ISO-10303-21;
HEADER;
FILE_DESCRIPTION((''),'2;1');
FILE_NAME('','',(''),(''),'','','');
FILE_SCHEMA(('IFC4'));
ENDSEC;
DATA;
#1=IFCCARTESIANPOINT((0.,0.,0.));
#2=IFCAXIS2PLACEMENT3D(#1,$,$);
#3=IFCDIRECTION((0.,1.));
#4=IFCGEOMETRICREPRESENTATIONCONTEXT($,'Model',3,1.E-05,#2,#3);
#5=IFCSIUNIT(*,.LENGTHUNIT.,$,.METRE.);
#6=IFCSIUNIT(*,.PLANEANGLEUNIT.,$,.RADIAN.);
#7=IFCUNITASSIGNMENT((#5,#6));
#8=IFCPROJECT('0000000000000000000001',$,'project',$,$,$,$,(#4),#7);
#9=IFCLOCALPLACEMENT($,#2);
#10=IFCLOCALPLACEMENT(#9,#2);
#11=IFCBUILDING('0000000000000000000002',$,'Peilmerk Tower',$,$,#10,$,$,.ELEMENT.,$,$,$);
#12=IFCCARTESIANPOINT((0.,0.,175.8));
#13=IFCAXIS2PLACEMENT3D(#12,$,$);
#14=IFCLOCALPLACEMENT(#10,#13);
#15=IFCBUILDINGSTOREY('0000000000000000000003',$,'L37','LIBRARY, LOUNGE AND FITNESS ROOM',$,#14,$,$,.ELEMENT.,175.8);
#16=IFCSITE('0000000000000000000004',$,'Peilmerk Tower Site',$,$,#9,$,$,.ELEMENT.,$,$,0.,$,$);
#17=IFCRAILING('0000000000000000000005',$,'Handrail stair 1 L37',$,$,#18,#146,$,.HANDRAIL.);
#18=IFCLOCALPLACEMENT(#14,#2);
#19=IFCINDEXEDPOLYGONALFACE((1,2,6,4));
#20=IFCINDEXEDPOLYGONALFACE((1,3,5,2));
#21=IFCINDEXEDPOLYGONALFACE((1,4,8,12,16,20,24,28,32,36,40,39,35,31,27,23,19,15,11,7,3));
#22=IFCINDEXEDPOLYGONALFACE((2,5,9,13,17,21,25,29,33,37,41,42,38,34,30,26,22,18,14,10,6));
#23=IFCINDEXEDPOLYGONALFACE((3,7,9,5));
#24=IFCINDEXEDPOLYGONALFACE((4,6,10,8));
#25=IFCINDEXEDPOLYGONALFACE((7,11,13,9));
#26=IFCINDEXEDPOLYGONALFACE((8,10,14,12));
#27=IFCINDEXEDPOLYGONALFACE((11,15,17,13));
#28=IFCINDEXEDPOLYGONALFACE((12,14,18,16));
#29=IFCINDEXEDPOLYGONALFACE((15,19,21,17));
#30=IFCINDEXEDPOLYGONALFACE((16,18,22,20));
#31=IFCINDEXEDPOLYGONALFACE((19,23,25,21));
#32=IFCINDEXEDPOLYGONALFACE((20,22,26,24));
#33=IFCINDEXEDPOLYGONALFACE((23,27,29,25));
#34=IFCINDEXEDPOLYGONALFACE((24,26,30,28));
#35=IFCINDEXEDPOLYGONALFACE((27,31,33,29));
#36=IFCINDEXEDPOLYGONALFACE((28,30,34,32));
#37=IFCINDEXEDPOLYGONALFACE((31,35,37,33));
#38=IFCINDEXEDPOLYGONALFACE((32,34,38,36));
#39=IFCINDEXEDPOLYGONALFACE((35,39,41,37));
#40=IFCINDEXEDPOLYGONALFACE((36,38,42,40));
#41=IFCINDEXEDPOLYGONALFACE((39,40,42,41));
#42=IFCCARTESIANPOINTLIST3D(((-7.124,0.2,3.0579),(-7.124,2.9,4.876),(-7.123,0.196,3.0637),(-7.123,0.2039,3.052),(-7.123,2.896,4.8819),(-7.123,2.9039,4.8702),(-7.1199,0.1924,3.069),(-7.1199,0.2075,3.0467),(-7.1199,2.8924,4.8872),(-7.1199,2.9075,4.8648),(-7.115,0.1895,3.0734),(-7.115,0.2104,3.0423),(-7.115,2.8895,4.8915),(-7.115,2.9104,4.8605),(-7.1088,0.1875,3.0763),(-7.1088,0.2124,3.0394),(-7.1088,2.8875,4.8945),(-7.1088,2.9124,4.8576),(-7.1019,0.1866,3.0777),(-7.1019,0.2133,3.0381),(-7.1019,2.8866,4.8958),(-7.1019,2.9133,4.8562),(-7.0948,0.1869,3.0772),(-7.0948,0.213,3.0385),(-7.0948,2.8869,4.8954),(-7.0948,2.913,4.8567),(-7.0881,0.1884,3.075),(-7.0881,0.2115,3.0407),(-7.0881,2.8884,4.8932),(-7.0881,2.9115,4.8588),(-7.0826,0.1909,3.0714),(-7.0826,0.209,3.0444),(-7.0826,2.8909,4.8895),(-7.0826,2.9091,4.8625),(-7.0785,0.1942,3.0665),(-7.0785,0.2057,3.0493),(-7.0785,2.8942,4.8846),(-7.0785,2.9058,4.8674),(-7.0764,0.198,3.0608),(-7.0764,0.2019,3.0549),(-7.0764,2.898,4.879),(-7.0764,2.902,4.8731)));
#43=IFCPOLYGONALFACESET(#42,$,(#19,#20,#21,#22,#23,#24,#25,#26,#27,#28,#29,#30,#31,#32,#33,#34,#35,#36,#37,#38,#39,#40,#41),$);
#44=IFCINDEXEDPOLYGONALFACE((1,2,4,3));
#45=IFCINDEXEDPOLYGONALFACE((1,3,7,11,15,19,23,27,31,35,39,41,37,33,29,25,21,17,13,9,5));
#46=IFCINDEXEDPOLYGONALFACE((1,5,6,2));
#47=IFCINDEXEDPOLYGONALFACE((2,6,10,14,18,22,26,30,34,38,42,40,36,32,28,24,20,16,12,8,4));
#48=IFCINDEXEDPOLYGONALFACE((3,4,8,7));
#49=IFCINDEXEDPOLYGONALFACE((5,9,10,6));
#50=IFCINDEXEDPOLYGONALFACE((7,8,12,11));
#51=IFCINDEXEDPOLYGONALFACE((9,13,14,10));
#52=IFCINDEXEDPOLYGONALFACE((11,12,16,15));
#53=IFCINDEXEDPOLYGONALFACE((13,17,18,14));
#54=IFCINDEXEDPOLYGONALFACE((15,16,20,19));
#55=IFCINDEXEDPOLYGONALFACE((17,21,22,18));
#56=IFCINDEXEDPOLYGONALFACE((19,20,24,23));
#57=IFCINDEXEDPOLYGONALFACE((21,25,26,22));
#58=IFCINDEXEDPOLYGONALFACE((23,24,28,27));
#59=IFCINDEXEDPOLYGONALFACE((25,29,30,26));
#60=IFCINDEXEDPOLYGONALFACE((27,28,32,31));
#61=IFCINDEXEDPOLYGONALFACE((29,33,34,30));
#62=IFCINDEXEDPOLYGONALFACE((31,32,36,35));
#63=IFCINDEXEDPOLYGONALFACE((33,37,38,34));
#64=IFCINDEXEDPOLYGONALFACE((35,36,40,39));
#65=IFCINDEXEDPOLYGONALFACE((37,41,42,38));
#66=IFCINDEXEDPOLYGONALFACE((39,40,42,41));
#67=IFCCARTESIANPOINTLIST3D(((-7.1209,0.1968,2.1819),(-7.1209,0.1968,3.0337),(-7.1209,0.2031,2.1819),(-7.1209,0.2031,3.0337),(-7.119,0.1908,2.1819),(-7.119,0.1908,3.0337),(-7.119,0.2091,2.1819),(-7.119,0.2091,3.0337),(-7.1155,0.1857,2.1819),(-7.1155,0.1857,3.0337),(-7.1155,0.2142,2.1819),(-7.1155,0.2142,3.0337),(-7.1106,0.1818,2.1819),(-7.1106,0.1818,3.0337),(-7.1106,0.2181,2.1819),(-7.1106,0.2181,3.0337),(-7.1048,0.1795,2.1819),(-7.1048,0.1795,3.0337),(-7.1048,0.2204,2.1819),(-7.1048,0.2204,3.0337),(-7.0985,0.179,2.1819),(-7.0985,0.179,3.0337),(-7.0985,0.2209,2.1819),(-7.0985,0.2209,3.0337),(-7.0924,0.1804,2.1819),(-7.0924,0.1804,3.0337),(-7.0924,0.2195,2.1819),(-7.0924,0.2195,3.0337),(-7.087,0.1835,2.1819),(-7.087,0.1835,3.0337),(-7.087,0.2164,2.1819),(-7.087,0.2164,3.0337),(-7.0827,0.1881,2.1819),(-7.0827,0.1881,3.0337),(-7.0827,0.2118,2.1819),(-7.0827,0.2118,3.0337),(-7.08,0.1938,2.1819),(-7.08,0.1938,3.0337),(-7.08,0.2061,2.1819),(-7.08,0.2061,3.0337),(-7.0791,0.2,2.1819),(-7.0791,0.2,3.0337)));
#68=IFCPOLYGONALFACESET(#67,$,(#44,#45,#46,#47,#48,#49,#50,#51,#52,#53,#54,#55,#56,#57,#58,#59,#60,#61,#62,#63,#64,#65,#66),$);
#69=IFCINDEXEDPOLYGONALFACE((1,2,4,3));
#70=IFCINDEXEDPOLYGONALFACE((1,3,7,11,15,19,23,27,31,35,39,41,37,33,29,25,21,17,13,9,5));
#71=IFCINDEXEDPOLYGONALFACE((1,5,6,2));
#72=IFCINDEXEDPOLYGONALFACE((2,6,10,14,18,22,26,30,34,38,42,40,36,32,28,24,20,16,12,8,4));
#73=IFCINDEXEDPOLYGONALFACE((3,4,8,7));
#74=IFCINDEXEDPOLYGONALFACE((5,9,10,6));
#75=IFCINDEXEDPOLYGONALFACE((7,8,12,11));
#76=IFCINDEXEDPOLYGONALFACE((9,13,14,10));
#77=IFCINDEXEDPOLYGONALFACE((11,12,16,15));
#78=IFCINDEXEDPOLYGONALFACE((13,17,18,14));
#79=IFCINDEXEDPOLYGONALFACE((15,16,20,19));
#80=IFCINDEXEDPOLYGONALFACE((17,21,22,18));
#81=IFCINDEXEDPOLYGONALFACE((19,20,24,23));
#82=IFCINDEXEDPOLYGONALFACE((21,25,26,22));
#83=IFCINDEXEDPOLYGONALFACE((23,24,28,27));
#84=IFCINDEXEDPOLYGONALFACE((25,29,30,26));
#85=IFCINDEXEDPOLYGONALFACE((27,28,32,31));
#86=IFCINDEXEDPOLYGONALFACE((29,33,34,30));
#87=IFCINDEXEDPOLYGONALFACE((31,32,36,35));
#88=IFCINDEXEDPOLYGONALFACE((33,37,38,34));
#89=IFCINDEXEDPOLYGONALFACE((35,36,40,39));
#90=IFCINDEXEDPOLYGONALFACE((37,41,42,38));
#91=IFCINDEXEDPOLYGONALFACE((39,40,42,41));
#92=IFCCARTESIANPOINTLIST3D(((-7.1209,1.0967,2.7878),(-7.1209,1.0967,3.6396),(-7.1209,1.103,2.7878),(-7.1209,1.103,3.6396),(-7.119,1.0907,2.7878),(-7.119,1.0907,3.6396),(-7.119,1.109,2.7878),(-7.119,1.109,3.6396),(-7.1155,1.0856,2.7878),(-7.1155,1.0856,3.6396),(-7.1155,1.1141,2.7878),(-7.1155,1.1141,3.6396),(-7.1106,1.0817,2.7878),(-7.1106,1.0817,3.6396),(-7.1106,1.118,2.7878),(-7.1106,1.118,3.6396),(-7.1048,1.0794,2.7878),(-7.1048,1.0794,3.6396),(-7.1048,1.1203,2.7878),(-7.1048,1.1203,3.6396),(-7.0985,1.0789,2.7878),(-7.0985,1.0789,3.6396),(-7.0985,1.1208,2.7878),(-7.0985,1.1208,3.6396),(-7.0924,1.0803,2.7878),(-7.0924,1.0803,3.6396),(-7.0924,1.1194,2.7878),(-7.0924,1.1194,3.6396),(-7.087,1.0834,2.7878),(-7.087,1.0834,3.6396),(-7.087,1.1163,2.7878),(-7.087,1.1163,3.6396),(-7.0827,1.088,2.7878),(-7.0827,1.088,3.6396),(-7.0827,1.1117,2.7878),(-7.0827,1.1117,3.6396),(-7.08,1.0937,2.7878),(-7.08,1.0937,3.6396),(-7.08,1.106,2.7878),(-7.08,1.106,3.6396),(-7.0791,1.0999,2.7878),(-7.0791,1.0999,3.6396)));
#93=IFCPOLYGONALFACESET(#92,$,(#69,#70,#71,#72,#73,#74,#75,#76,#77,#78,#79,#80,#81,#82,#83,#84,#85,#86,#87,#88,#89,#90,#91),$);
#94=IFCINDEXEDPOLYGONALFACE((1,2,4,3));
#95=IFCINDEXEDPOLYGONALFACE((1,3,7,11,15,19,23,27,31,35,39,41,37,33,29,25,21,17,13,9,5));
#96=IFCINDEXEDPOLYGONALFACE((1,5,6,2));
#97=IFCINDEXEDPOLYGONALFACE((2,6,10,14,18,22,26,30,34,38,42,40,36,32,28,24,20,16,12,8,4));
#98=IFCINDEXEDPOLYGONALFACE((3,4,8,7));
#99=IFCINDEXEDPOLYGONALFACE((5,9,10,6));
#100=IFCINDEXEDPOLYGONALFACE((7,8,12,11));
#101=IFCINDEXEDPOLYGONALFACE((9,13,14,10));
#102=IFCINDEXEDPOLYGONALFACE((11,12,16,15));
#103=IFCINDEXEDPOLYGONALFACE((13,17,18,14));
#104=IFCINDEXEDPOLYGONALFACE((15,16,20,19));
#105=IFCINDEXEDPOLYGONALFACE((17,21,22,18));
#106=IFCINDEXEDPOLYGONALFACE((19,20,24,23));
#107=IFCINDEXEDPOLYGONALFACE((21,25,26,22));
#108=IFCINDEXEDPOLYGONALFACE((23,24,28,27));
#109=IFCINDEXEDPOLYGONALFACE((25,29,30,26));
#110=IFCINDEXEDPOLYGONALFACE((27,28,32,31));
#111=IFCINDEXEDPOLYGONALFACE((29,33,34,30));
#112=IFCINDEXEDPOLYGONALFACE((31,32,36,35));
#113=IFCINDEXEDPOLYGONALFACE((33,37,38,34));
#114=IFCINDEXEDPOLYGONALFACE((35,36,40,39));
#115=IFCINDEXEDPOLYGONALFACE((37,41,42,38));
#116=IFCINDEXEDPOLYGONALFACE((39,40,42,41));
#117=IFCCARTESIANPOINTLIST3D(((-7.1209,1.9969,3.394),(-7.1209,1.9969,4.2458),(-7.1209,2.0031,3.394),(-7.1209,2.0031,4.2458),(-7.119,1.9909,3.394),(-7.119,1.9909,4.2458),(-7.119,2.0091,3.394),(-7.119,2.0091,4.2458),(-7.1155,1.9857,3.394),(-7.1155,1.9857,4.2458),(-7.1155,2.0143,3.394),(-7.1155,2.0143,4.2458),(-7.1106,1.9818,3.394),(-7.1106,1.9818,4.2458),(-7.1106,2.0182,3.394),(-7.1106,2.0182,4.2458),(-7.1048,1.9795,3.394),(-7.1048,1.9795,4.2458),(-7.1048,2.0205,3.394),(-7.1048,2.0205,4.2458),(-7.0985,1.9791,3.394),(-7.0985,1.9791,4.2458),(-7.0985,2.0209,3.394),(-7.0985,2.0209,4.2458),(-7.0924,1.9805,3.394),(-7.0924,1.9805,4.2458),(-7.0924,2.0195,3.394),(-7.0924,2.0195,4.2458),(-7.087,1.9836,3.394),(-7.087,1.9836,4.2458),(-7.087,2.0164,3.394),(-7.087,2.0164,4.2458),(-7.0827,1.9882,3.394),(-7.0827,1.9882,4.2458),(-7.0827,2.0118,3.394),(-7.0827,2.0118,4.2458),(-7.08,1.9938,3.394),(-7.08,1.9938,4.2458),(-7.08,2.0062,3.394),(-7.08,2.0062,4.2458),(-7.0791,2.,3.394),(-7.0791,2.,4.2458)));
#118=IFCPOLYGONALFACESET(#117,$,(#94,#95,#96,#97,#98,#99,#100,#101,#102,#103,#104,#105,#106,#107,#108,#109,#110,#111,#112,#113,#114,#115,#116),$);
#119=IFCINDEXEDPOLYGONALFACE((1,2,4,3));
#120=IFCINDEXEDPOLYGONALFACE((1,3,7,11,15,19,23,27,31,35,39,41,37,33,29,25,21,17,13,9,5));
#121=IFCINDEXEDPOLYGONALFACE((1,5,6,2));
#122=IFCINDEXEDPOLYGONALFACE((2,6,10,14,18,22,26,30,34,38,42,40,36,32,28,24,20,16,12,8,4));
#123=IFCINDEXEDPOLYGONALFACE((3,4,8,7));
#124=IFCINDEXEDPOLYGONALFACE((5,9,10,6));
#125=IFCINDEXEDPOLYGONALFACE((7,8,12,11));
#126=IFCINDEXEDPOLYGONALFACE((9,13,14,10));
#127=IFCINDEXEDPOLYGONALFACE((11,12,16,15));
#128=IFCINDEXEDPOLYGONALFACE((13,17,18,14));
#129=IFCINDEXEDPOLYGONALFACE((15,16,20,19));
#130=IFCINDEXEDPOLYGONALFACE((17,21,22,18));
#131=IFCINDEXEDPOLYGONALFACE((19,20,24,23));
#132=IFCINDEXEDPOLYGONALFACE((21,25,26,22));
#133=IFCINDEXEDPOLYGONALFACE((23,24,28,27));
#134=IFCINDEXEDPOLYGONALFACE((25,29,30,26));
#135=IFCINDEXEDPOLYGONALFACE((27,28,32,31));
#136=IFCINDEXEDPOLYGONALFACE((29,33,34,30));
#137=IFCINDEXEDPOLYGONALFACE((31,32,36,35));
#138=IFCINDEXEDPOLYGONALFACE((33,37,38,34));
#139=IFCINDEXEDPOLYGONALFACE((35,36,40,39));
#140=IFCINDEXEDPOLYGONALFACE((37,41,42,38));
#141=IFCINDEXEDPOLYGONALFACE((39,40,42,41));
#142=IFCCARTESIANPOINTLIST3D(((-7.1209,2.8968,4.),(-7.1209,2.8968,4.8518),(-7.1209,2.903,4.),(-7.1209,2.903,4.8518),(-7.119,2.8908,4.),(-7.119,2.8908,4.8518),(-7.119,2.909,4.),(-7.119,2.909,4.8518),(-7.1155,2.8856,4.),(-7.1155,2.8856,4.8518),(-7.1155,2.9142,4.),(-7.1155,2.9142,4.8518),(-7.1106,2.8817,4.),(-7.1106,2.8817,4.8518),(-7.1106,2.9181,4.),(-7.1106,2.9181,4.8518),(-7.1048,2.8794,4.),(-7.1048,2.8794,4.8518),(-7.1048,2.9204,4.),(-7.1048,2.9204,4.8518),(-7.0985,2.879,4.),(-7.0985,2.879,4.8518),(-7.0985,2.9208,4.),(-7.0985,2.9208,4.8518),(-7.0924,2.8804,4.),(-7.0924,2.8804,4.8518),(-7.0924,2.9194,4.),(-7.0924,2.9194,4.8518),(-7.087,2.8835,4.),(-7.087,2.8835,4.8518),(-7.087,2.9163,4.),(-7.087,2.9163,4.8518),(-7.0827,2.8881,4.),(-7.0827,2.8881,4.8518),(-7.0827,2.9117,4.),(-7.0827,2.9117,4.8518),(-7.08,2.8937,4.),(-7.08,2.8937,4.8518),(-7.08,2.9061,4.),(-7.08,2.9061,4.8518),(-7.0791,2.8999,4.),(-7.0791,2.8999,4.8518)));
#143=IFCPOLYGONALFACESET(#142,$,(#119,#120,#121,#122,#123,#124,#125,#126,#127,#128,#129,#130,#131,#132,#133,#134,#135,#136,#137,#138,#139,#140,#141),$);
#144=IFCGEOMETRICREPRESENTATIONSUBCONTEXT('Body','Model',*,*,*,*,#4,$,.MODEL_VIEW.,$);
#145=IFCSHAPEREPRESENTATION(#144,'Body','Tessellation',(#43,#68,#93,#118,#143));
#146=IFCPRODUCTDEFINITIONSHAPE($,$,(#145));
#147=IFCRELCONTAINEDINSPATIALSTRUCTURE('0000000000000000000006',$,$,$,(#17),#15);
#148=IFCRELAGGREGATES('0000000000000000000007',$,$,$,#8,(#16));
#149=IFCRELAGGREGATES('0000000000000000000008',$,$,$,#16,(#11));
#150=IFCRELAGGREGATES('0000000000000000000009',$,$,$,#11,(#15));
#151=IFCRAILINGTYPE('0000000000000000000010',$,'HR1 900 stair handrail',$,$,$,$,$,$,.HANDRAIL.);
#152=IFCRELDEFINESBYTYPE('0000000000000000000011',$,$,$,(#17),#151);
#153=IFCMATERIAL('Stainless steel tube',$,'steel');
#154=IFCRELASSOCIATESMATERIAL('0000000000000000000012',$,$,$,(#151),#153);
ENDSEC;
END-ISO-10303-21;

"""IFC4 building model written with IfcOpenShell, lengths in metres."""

from ifc_helpers import new_model, si_unit, direction, frame, origin, origin_2d, place, context, subcontext, project, spatial, circle, extrude, material, type_object, element, save


model = new_model("IFC4")

# Units and contexts
model_context = context("Model", 3, precision=1e-05, world=origin(), true_north=direction((0.0, 1.0)))
body_context = subcontext(model_context, "Body", "Model", "MODEL_VIEW")
ifc_project = project(units=[si_unit("LENGTHUNIT", "METRE"), si_unit("PLANEANGLEUNIT", "RADIAN")], contexts=[model_context])

# Site, building, storey
site_placement = place(None, origin())
site = spatial("IfcSite", under=ifc_project, at=site_placement, Name="Peilmerk Tower Site", CompositionType="ELEMENT", RefElevation=0.0)
building_placement = place(site_placement, origin())
building = spatial("IfcBuilding", under=site, at=building_placement, Name="Peilmerk Tower", CompositionType="ELEMENT")
storey_placement = place(building_placement, frame((0.0, 0.0, 175.8)))
storey = spatial("IfcBuildingStorey", under=building, at=storey_placement, Name="L37", Description="LIBRARY, LOUNGE AND FITNESS ROOM", CompositionType="ELEMENT", Elevation=175.8)

# Railing
ifc_material_1 = material(Name="Stainless steel tube", Category="steel")
railing_type_1 = type_object("IfcRailingType", Name="HR1 900 stair handrail", PredefinedType="HANDRAIL", material=ifc_material_1)
railing_1_placement = place(storey_placement, frame((-7.1001, 0.2, 2.1819)))
element("IfcRailing", 1, at=railing_1_placement, inside=storey, type_object=railing_type_1, Name="Handrail stair 1 L37", PredefinedType="HANDRAIL", context=body_context, shape_type="SweptSolid", body=[
    extrude(circle(Radius=0.0239, at=origin_2d()), frame((0.0, 0.0, 0.876), z_axis=(0.0, 0.829468, 0.558554), x_axis=(-1.0, 0.0, 0.0)), (0.0, 0.0, 1.0), 3.2551),
    extrude(circle(Radius=0.021, at=origin_2d()), origin(), (0.0, 0.0, 1.0), 0.8518),
    extrude(circle(Radius=0.021, at=origin_2d()), frame((0.0, 0.8999, 0.606)), (0.0, 0.0, 1.0), 0.8518),
    extrude(circle(Radius=0.021, at=origin_2d()), frame((0.0, 1.8, 1.2122)), (0.0, 0.0, 1.0), 0.8518),
    extrude(circle(Radius=0.021, at=origin_2d()), frame((0.0, 2.7, 1.8181)), (0.0, 0.0, 1.0), 0.8518),
])

save(model, "model.ifc")
